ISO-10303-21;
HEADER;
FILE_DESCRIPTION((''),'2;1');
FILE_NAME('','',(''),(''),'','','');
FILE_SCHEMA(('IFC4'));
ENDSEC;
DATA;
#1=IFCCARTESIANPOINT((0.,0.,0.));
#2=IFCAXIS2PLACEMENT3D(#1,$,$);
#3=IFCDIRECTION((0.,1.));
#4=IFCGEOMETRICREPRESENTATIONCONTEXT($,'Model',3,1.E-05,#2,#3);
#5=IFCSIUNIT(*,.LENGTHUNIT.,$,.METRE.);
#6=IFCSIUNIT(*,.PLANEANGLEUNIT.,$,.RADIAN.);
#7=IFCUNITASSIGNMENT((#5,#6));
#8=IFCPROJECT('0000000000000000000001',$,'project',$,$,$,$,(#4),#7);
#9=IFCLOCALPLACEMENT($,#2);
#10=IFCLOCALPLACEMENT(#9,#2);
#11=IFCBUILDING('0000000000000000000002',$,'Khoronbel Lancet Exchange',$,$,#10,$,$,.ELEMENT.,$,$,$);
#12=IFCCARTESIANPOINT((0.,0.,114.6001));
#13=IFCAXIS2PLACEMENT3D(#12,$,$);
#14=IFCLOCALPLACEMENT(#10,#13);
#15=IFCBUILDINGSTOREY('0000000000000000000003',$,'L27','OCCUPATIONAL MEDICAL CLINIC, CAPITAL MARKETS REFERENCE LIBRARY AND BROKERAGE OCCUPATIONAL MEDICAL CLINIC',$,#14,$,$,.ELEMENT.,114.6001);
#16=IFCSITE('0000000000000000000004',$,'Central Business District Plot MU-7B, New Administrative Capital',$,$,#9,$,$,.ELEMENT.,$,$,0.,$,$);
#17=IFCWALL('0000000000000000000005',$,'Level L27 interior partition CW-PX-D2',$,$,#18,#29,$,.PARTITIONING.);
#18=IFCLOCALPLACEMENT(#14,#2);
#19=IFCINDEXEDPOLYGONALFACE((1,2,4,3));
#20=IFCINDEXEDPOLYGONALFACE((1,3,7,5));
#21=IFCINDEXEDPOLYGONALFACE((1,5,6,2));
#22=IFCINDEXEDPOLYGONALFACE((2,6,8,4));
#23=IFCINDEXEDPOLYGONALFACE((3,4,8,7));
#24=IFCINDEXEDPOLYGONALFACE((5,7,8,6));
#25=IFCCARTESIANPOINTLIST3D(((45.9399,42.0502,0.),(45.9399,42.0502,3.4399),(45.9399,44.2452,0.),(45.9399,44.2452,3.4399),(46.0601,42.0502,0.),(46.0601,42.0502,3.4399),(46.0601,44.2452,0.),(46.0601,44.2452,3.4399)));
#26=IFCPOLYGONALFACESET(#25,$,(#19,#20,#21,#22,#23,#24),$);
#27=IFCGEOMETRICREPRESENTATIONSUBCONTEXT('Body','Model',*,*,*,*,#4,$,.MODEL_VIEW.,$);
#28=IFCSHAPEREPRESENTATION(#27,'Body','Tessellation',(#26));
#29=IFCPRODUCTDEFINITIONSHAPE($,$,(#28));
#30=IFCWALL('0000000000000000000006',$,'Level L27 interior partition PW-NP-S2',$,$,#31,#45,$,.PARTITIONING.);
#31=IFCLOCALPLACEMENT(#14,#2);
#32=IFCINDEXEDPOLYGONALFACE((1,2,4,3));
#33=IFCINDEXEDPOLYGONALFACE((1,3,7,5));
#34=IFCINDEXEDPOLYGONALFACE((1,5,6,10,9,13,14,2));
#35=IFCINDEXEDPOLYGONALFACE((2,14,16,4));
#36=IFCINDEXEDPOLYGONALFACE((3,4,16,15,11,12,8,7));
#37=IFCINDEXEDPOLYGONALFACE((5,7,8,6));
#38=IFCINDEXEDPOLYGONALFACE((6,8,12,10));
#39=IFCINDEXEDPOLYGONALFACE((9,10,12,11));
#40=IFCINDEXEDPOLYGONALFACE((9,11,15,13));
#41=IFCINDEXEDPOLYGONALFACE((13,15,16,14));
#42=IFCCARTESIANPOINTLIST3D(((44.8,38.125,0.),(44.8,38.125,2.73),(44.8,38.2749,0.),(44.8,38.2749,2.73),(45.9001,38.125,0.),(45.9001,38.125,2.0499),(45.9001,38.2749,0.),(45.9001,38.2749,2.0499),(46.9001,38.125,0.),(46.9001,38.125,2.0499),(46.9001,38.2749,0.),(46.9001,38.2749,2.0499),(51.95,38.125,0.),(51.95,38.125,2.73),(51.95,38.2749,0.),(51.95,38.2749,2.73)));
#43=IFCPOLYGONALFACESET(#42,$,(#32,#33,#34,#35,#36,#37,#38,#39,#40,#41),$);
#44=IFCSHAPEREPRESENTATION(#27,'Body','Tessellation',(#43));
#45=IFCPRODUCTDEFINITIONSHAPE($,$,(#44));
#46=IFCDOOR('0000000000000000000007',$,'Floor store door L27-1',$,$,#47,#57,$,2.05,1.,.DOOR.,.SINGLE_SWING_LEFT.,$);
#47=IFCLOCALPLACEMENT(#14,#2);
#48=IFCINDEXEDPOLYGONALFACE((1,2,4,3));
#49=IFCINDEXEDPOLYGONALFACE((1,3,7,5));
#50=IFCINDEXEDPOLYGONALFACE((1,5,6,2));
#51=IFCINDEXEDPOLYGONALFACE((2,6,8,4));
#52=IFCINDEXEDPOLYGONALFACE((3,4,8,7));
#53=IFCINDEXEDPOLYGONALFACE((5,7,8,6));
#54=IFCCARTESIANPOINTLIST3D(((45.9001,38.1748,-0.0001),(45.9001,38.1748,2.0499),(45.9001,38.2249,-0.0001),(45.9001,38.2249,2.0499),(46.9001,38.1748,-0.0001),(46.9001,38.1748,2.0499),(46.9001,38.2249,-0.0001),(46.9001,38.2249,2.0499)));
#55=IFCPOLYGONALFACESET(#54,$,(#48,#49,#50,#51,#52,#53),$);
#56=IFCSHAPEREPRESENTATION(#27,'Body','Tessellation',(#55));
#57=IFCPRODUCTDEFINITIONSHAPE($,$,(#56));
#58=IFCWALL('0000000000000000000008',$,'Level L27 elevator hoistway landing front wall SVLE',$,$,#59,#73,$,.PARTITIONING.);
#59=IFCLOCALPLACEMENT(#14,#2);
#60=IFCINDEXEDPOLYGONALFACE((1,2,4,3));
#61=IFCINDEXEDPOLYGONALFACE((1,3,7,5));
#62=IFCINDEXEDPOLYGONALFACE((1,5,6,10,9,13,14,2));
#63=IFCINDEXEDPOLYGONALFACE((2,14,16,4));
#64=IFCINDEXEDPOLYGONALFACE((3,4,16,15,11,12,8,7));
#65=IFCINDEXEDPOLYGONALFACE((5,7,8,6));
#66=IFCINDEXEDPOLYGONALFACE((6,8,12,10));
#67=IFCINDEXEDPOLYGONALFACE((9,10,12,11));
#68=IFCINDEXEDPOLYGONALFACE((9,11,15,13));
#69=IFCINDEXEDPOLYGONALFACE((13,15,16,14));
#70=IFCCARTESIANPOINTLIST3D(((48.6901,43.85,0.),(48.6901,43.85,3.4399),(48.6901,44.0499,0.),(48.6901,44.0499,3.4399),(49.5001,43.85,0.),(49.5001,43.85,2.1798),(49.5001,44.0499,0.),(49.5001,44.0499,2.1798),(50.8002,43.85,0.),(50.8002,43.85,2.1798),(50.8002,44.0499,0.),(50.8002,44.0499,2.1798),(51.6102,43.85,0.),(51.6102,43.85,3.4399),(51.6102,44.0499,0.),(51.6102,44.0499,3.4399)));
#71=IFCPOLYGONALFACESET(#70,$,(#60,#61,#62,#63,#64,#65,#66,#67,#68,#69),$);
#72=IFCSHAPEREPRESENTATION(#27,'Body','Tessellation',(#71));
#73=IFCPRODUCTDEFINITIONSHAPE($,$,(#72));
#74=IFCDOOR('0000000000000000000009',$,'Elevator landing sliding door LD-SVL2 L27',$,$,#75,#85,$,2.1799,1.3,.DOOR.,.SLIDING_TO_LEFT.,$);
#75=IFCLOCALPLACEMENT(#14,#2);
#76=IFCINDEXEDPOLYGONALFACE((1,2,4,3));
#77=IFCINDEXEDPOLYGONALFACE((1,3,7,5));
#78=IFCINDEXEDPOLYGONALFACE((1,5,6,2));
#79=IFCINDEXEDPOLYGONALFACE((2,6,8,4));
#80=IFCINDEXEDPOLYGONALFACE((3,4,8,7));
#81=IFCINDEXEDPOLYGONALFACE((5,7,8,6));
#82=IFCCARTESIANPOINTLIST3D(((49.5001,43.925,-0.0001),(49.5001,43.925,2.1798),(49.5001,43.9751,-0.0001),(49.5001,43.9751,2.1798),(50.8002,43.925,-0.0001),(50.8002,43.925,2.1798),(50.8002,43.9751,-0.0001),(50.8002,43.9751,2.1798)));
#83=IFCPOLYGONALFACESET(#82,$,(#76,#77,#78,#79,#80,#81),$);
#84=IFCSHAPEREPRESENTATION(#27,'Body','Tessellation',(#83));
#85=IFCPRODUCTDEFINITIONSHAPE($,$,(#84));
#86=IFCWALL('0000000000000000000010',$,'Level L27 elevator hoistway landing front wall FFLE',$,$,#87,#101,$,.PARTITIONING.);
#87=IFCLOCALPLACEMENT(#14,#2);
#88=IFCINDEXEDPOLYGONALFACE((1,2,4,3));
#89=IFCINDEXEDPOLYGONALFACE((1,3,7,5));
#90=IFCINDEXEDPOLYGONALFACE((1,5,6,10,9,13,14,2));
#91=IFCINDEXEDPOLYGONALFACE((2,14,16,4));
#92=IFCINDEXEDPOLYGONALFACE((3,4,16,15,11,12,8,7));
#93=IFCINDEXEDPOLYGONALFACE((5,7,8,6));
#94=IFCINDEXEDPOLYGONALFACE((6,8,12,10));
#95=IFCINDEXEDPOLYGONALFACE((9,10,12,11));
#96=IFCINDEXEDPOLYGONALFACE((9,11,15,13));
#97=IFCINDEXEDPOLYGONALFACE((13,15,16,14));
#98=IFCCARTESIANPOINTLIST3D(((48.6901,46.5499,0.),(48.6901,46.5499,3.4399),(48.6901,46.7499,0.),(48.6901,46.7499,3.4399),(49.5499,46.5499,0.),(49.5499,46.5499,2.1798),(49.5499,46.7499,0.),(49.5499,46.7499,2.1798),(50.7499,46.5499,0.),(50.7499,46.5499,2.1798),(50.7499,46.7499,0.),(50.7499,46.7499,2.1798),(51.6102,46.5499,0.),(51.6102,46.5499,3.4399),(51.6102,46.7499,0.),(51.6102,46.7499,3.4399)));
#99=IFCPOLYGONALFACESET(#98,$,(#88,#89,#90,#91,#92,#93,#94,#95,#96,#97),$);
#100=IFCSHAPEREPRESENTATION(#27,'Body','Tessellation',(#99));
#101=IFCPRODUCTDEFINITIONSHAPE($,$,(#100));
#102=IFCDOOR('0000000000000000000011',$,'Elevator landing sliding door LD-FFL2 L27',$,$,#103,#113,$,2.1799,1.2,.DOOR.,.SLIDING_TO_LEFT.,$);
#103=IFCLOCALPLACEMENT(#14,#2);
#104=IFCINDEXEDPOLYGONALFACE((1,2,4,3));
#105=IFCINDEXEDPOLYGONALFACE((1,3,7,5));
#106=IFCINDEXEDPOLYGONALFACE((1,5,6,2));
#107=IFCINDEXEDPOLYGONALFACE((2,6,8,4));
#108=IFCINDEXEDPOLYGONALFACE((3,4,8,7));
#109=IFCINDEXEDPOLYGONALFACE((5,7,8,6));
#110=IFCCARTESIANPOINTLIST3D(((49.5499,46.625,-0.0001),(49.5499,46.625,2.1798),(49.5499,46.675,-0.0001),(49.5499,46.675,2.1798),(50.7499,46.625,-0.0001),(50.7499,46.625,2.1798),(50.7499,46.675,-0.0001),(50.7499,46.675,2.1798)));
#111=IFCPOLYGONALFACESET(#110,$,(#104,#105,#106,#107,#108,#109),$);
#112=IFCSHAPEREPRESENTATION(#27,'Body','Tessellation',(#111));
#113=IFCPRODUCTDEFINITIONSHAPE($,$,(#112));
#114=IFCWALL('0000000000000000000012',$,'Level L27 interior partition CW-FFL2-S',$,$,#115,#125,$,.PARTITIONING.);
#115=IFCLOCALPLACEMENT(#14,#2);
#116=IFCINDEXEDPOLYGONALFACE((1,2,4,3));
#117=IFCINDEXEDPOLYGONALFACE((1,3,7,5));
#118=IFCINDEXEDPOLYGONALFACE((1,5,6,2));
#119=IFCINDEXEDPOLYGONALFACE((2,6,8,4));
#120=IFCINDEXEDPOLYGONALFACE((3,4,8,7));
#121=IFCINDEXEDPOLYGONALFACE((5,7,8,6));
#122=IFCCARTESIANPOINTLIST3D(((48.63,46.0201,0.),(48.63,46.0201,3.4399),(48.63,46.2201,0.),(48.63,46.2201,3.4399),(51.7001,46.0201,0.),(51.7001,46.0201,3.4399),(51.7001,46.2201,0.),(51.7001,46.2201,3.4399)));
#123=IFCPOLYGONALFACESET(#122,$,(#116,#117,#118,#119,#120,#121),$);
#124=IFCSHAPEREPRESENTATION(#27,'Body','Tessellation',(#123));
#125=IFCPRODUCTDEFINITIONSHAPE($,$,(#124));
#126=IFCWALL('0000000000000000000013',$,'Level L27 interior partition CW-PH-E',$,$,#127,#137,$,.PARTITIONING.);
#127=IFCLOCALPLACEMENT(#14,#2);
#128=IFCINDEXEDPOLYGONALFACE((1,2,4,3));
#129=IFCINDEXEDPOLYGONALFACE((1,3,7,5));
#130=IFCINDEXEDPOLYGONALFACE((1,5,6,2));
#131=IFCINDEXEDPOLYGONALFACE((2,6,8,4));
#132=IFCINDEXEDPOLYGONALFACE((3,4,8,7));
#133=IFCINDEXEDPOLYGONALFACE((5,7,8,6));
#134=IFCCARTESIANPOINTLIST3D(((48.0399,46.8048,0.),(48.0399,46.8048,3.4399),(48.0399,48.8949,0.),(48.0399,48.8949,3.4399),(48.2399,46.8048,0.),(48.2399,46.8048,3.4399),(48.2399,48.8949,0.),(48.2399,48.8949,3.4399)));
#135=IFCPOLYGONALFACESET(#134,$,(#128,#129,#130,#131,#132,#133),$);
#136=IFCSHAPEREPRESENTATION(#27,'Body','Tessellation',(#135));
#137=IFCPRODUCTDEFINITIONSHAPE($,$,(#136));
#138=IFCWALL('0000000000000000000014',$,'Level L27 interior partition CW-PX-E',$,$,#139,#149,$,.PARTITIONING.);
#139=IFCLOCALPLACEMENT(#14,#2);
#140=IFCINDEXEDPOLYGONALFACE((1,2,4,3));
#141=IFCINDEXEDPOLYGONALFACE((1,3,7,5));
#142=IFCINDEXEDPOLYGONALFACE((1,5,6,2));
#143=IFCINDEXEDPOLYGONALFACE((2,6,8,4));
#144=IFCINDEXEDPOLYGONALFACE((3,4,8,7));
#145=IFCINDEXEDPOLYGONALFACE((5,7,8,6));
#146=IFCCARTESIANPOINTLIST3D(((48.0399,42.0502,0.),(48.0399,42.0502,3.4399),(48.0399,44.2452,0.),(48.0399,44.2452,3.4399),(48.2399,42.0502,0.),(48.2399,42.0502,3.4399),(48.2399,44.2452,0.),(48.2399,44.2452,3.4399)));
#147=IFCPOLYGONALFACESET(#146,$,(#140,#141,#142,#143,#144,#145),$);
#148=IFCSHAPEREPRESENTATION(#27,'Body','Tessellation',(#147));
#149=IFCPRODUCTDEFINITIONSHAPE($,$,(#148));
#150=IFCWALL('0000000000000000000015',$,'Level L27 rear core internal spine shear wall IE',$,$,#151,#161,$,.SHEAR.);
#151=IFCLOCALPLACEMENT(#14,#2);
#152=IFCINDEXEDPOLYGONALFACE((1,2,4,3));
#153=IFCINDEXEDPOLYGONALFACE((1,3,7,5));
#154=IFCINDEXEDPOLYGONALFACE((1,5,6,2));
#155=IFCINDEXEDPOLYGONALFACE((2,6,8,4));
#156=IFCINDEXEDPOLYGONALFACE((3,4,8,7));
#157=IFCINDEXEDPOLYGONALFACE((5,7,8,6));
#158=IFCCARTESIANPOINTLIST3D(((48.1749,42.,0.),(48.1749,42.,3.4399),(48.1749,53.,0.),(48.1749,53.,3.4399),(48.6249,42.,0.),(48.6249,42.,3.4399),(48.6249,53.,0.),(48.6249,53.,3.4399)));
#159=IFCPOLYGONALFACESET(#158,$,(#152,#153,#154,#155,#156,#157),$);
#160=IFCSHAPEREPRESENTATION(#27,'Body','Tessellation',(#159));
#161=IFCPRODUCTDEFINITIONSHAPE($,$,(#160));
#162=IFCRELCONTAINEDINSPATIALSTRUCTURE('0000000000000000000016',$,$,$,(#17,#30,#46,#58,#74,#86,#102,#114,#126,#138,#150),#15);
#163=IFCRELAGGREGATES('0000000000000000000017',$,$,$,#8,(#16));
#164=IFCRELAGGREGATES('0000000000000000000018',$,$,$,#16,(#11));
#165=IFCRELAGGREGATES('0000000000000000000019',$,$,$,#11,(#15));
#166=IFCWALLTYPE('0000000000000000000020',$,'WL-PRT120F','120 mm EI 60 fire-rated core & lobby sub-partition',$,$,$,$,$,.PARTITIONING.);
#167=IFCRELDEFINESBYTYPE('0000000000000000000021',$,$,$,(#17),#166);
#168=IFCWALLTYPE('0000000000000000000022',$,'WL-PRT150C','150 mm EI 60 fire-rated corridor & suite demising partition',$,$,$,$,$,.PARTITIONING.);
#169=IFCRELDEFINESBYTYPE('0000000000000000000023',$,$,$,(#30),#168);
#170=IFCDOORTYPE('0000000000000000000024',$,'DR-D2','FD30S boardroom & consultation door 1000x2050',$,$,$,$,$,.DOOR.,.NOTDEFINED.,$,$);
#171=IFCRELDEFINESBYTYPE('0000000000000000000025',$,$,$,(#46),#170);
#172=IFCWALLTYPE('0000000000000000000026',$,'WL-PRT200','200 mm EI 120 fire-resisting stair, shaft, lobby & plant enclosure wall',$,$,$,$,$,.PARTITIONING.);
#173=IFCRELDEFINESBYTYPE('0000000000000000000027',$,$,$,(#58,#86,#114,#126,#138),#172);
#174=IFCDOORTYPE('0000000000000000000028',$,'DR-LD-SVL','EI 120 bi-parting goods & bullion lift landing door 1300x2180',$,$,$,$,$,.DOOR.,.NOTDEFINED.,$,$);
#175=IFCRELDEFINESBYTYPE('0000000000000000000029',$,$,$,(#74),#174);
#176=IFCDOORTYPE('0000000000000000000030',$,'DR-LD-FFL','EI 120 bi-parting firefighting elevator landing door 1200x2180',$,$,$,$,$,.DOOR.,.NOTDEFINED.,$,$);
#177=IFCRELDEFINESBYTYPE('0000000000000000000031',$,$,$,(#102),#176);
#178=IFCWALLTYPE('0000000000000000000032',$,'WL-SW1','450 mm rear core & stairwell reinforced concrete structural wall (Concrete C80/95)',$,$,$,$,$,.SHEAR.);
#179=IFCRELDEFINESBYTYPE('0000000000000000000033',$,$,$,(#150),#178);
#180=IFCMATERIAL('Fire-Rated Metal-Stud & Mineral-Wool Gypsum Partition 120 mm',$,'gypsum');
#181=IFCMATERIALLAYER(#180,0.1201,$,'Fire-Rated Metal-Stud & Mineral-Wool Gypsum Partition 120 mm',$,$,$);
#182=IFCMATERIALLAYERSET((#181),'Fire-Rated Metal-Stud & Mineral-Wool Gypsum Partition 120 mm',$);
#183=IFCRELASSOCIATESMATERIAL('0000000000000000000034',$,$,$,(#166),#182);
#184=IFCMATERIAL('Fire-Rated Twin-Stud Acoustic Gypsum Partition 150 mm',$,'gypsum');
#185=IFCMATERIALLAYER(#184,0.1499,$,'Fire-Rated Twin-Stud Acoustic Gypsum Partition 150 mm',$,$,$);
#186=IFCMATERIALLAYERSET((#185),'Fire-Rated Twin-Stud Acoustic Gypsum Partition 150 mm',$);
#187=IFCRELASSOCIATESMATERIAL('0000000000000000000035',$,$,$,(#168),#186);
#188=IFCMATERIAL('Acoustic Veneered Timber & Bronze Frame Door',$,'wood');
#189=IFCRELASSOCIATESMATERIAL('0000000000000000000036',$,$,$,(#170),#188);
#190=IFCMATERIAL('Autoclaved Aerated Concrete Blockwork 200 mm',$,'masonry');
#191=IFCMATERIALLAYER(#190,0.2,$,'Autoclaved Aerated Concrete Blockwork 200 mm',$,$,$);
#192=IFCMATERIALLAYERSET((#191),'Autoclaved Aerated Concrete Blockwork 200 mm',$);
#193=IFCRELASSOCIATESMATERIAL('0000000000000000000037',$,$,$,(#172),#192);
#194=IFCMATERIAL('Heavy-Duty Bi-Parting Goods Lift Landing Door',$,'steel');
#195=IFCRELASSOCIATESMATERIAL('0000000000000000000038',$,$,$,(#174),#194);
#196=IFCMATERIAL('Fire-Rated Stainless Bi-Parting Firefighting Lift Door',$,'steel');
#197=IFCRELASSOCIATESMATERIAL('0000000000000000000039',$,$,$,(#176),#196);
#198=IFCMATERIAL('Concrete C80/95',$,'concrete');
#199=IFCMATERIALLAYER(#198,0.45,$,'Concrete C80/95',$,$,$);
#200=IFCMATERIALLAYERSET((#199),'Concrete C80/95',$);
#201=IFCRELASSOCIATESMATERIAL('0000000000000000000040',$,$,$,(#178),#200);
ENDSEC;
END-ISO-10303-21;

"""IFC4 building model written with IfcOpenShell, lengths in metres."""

from ifc_helpers import new_model, si_unit, direction, frame, frame_2d, origin, place, context, subcontext, project, spatial, rectangle, extrude, material, layer, layer_set, type_object, element, fill, save


model = new_model("IFC4")

# Units and contexts
model_context = context("Model", 3, precision=1e-05, world=origin(), true_north=direction((0.0, 1.0)))
body_context = subcontext(model_context, "Body", "Model", "MODEL_VIEW")
ifc_project = project(units=[si_unit("LENGTHUNIT", "METRE"), si_unit("PLANEANGLEUNIT", "RADIAN")], contexts=[model_context])

# Site, building, storey
site_placement = place(None, origin())
site = spatial("IfcSite", under=ifc_project, at=site_placement, Name="Central Business District Plot MU-7B, New Administrative Capital", CompositionType="ELEMENT", RefElevation=0.0)
building_placement = place(site_placement, origin())
building = spatial("IfcBuilding", under=site, at=building_placement, Name="Khoronbel Lancet Exchange", CompositionType="ELEMENT")
storey_placement = place(building_placement, frame((0.0, 0.0, 114.6001)))
storey = spatial("IfcBuildingStorey", under=building, at=storey_placement, Name="L27", Description="OCCUPATIONAL MEDICAL CLINIC, CAPITAL MARKETS REFERENCE LIBRARY AND BROKERAGE OCCUPATIONAL MEDICAL CLINIC", CompositionType="ELEMENT", Elevation=114.6001)

# Wall
ifc_material_1 = material(Name="Fire-Rated Metal-Stud & Mineral-Wool Gypsum Partition 120 mm", Category="gypsum")
ifc_layer_1 = layer(ifc_material_1, 0.1201, Name="Fire-Rated Metal-Stud & Mineral-Wool Gypsum Partition 120 mm")
ifc_layer_set_1 = layer_set([ifc_layer_1], Name="Fire-Rated Metal-Stud & Mineral-Wool Gypsum Partition 120 mm")
wall_type_1 = type_object("IfcWallType", Name="WL-PRT120F", Description="120 mm EI 60 fire-rated core & lobby sub-partition", PredefinedType="PARTITIONING", material=ifc_layer_set_1)
for number, where, z_axis, x_axis, name in (
    (1, (46.0, 42.05, 0.0), (0.0, 0.0, 1.0), (0.0, 1.0, 0.0), "Level L27 interior partition CW-PX-D2"),
):
    element("IfcWall", number, at=place(storey_placement, frame(where, z_axis=z_axis, x_axis=x_axis)), inside=storey, type_object=wall_type_1, Name=name, PredefinedType="PARTITIONING", context=body_context, shape_type="SweptSolid", body=[
        extrude(rectangle(XDim=2.1951, YDim=0.1201, at=frame_2d((1.0977, 0.0))), origin(), (0.0, 0.0, 1.0), 3.4399),
    ])

# Walls, openings, doors
ifc_material_2 = material(Name="Fire-Rated Twin-Stud Acoustic Gypsum Partition 150 mm", Category="gypsum")
ifc_layer_2 = layer(ifc_material_2, 0.1499, Name="Fire-Rated Twin-Stud Acoustic Gypsum Partition 150 mm")
ifc_layer_set_2 = layer_set([ifc_layer_2], Name="Fire-Rated Twin-Stud Acoustic Gypsum Partition 150 mm")
wall_type_2 = type_object("IfcWallType", Name="WL-PRT150C", Description="150 mm EI 60 fire-rated corridor & suite demising partition", PredefinedType="PARTITIONING", material=ifc_layer_set_2)
wall_1_placement = place(storey_placement, frame((44.8, 38.2, 0.0), z_axis=(0.0, 0.0, 1.0), x_axis=(1.0, 0.0, 0.0)))
wall_1 = element("IfcWall", 2, at=wall_1_placement, inside=storey, type_object=wall_type_2, Name="Level L27 interior partition PW-NP-S2", PredefinedType="PARTITIONING", context=body_context, shape_type="SweptSolid", body=[
    extrude(rectangle(XDim=7.1499, YDim=0.1499, at=frame_2d((3.575, 0.0))), origin(), (0.0, 0.0, 1.0), 2.73),
])
opening_1_placement = place(wall_1_placement, frame((1.1001, 0.0, 0.0)))
opening_1 = element("IfcOpeningElement", 3, at=opening_1_placement, cuts=wall_1, PredefinedType="OPENING", context=body_context, shape_type="SweptSolid", body=[
    extrude(rectangle(XDim=1.0, YDim=2.05, at=frame_2d((0.5, 1.0249))), frame((0.0, 0.085, 0.0), z_axis=(0.0, -1.0, 0.0), x_axis=(1.0, 0.0, 0.0)), (0.0, 0.0, 1.0), 0.1699),
])
ifc_material_3 = material(Name="Acoustic Veneered Timber & Bronze Frame Door", Category="wood")
door_type_1 = type_object("IfcDoorType", Name="DR-D2", Description="FD30S boardroom & consultation door 1000x2050", OperationType="NOTDEFINED", PredefinedType="DOOR", material=ifc_material_3)
door_1_placement = place(opening_1_placement, origin())
door_1 = element("IfcDoor", 4, at=door_1_placement, inside=storey, type_object=door_type_1, Name="Floor store door L27-1", OperationType="SINGLE_SWING_LEFT", OverallHeight=2.05, OverallWidth=1.0, PredefinedType="DOOR", context=body_context, shape_type="SweptSolid", body=[
    extrude(rectangle(XDim=1.0, YDim=2.05, at=frame_2d((0.5, 1.0249))), frame((0.0, 0.0249, 0.0), z_axis=(0.0, -1.0, 0.0), x_axis=(1.0, 0.0, 0.0)), (0.0, 0.0, 1.0), 0.05),
])
fill(opening_1, door_1)
ifc_material_4 = material(Name="Autoclaved Aerated Concrete Blockwork 200 mm", Category="masonry")
ifc_layer_3 = layer(ifc_material_4, 0.2, Name="Autoclaved Aerated Concrete Blockwork 200 mm")
ifc_layer_set_3 = layer_set([ifc_layer_3], Name="Autoclaved Aerated Concrete Blockwork 200 mm")
wall_type_3 = type_object("IfcWallType", Name="WL-PRT200", Description="200 mm EI 120 fire-resisting stair, shaft, lobby & plant enclosure wall", PredefinedType="PARTITIONING", material=ifc_layer_set_3)
wall_2_placement = place(storey_placement, frame((51.6101, 43.95, 0.0), z_axis=(0.0, 0.0, 1.0), x_axis=(-1.0, 0.0, 0.0)))
wall_2 = element("IfcWall", 5, at=wall_2_placement, inside=storey, type_object=wall_type_3, Name="Level L27 elevator hoistway landing front wall SVLE", PredefinedType="PARTITIONING", context=body_context, shape_type="SweptSolid", body=[
    extrude(rectangle(XDim=2.9202, YDim=0.2, at=frame_2d((1.46, 0.0))), origin(), (0.0, 0.0, 1.0), 3.4399),
])
opening_2_placement = place(wall_2_placement, frame((0.8101, 0.0, 0.0)))
opening_2 = element("IfcOpeningElement", 6, at=opening_2_placement, cuts=wall_2, PredefinedType="OPENING", context=body_context, shape_type="SweptSolid", body=[
    extrude(rectangle(XDim=1.3, YDim=2.1799, at=frame_2d((0.6499, 1.0898))), frame((0.0, 0.1099, 0.0), z_axis=(0.0, -1.0, 0.0), x_axis=(1.0, 0.0, 0.0)), (0.0, 0.0, 1.0), 0.22),
])
ifc_material_5 = material(Name="Heavy-Duty Bi-Parting Goods Lift Landing Door", Category="steel")
door_type_2 = type_object("IfcDoorType", Name="DR-LD-SVL", Description="EI 120 bi-parting goods & bullion lift landing door 1300x2180", OperationType="NOTDEFINED", PredefinedType="DOOR", material=ifc_material_5)
door_2_placement = place(opening_2_placement, origin())
door_2 = element("IfcDoor", 7, at=door_2_placement, inside=storey, type_object=door_type_2, Name="Elevator landing sliding door LD-SVL2 L27", OperationType="SLIDING_TO_LEFT", OverallHeight=2.1799, OverallWidth=1.3, PredefinedType="DOOR", context=body_context, shape_type="SweptSolid", body=[
    extrude(rectangle(XDim=1.3, YDim=2.1799, at=frame_2d((0.6499, 1.0898))), frame((0.0, 0.0249, 0.0), z_axis=(0.0, -1.0, 0.0), x_axis=(1.0, 0.0, 0.0)), (0.0, 0.0, 1.0), 0.05),
])
fill(opening_2, door_2)
wall_3_placement = place(storey_placement, frame((51.6101, 46.6499, 0.0), z_axis=(0.0, 0.0, 1.0), x_axis=(-1.0, 0.0, 0.0)))
wall_3 = element("IfcWall", 8, at=wall_3_placement, inside=storey, type_object=wall_type_3, Name="Level L27 elevator hoistway landing front wall FFLE", PredefinedType="PARTITIONING", context=body_context, shape_type="SweptSolid", body=[
    extrude(rectangle(XDim=2.9202, YDim=0.2, at=frame_2d((1.46, 0.0))), origin(), (0.0, 0.0, 1.0), 3.4399),
])
opening_3_placement = place(wall_3_placement, frame((0.8601, 0.0, 0.0)))
opening_3 = element("IfcOpeningElement", 9, at=opening_3_placement, cuts=wall_3, PredefinedType="OPENING", context=body_context, shape_type="SweptSolid", body=[
    extrude(rectangle(XDim=1.2, YDim=2.1799, at=frame_2d((0.6001, 1.0898))), frame((0.0, 0.1099, 0.0), z_axis=(0.0, -1.0, 0.0), x_axis=(1.0, 0.0, 0.0)), (0.0, 0.0, 1.0), 0.22),
])
ifc_material_6 = material(Name="Fire-Rated Stainless Bi-Parting Firefighting Lift Door", Category="steel")
door_type_3 = type_object("IfcDoorType", Name="DR-LD-FFL", Description="EI 120 bi-parting firefighting elevator landing door 1200x2180", OperationType="NOTDEFINED", PredefinedType="DOOR", material=ifc_material_6)
door_3_placement = place(opening_3_placement, origin())
door_3 = element("IfcDoor", 10, at=door_3_placement, inside=storey, type_object=door_type_3, Name="Elevator landing sliding door LD-FFL2 L27", OperationType="SLIDING_TO_LEFT", OverallHeight=2.1799, OverallWidth=1.2, PredefinedType="DOOR", context=body_context, shape_type="SweptSolid", body=[
    extrude(rectangle(XDim=1.2, YDim=2.1799, at=frame_2d((0.6001, 1.0898))), frame((0.0, 0.0249, 0.0), z_axis=(0.0, -1.0, 0.0), x_axis=(1.0, 0.0, 0.0)), (0.0, 0.0, 1.0), 0.05),
])
fill(opening_3, door_3)

# Walls
wall_4_placement = place(storey_placement, frame((48.6299, 46.1201, 0.0), z_axis=(0.0, 0.0, 1.0), x_axis=(1.0, 0.0, 0.0)))
element("IfcWall", 11, at=wall_4_placement, inside=storey, type_object=wall_type_3, Name="Level L27 interior partition CW-FFL2-S", PredefinedType="PARTITIONING", context=body_context, shape_type="SweptSolid", body=[
    extrude(rectangle(XDim=3.0701, YDim=0.2, at=frame_2d((1.5352, 0.0))), origin(), (0.0, 0.0, 1.0), 3.4399),
])
wall_5_placement = place(storey_placement, frame((48.1399, 46.8049, 0.0), z_axis=(0.0, 0.0, 1.0), x_axis=(0.0, 1.0, 0.0)))
element("IfcWall", 12, at=wall_5_placement, inside=storey, type_object=wall_type_3, Name="Level L27 interior partition CW-PH-E", PredefinedType="PARTITIONING", context=body_context, shape_type="SweptSolid", body=[
    extrude(rectangle(XDim=2.0901, YDim=0.2, at=frame_2d((1.0449, 0.0))), origin(), (0.0, 0.0, 1.0), 3.4399),
])
wall_6_placement = place(storey_placement, frame((48.1399, 42.05, 0.0), z_axis=(0.0, 0.0, 1.0), x_axis=(0.0, 1.0, 0.0)))
element("IfcWall", 13, at=wall_6_placement, inside=storey, type_object=wall_type_3, Name="Level L27 interior partition CW-PX-E", PredefinedType="PARTITIONING", context=body_context, shape_type="SweptSolid", body=[
    extrude(rectangle(XDim=2.1951, YDim=0.2, at=frame_2d((1.0977, 0.0))), origin(), (0.0, 0.0, 1.0), 3.4399),
])
ifc_material_7 = material(Name="Concrete C80/95", Category="concrete")
ifc_layer_4 = layer(ifc_material_7, 0.45, Name="Concrete C80/95")
ifc_layer_set_4 = layer_set([ifc_layer_4], Name="Concrete C80/95")
wall_type_4 = type_object("IfcWallType", Name="WL-SW1", Description="450 mm rear core & stairwell reinforced concrete structural wall (Concrete C80/95)", PredefinedType="SHEAR", material=ifc_layer_set_4)
wall_7_placement = place(storey_placement, frame((48.3999, 42.0, 0.0), z_axis=(0.0, 0.0, 1.0), x_axis=(0.0, 1.0, 0.0)))
element("IfcWall", 14, at=wall_7_placement, inside=storey, type_object=wall_type_4, Name="Level L27 rear core internal spine shear wall IE", PredefinedType="SHEAR", context=body_context, shape_type="SweptSolid", body=[
    extrude(rectangle(XDim=11.0, YDim=0.45, at=frame_2d((5.5, 0.0))), origin(), (0.0, 0.0, 1.0), 3.4399),
])

save(model, "model.ifc")
